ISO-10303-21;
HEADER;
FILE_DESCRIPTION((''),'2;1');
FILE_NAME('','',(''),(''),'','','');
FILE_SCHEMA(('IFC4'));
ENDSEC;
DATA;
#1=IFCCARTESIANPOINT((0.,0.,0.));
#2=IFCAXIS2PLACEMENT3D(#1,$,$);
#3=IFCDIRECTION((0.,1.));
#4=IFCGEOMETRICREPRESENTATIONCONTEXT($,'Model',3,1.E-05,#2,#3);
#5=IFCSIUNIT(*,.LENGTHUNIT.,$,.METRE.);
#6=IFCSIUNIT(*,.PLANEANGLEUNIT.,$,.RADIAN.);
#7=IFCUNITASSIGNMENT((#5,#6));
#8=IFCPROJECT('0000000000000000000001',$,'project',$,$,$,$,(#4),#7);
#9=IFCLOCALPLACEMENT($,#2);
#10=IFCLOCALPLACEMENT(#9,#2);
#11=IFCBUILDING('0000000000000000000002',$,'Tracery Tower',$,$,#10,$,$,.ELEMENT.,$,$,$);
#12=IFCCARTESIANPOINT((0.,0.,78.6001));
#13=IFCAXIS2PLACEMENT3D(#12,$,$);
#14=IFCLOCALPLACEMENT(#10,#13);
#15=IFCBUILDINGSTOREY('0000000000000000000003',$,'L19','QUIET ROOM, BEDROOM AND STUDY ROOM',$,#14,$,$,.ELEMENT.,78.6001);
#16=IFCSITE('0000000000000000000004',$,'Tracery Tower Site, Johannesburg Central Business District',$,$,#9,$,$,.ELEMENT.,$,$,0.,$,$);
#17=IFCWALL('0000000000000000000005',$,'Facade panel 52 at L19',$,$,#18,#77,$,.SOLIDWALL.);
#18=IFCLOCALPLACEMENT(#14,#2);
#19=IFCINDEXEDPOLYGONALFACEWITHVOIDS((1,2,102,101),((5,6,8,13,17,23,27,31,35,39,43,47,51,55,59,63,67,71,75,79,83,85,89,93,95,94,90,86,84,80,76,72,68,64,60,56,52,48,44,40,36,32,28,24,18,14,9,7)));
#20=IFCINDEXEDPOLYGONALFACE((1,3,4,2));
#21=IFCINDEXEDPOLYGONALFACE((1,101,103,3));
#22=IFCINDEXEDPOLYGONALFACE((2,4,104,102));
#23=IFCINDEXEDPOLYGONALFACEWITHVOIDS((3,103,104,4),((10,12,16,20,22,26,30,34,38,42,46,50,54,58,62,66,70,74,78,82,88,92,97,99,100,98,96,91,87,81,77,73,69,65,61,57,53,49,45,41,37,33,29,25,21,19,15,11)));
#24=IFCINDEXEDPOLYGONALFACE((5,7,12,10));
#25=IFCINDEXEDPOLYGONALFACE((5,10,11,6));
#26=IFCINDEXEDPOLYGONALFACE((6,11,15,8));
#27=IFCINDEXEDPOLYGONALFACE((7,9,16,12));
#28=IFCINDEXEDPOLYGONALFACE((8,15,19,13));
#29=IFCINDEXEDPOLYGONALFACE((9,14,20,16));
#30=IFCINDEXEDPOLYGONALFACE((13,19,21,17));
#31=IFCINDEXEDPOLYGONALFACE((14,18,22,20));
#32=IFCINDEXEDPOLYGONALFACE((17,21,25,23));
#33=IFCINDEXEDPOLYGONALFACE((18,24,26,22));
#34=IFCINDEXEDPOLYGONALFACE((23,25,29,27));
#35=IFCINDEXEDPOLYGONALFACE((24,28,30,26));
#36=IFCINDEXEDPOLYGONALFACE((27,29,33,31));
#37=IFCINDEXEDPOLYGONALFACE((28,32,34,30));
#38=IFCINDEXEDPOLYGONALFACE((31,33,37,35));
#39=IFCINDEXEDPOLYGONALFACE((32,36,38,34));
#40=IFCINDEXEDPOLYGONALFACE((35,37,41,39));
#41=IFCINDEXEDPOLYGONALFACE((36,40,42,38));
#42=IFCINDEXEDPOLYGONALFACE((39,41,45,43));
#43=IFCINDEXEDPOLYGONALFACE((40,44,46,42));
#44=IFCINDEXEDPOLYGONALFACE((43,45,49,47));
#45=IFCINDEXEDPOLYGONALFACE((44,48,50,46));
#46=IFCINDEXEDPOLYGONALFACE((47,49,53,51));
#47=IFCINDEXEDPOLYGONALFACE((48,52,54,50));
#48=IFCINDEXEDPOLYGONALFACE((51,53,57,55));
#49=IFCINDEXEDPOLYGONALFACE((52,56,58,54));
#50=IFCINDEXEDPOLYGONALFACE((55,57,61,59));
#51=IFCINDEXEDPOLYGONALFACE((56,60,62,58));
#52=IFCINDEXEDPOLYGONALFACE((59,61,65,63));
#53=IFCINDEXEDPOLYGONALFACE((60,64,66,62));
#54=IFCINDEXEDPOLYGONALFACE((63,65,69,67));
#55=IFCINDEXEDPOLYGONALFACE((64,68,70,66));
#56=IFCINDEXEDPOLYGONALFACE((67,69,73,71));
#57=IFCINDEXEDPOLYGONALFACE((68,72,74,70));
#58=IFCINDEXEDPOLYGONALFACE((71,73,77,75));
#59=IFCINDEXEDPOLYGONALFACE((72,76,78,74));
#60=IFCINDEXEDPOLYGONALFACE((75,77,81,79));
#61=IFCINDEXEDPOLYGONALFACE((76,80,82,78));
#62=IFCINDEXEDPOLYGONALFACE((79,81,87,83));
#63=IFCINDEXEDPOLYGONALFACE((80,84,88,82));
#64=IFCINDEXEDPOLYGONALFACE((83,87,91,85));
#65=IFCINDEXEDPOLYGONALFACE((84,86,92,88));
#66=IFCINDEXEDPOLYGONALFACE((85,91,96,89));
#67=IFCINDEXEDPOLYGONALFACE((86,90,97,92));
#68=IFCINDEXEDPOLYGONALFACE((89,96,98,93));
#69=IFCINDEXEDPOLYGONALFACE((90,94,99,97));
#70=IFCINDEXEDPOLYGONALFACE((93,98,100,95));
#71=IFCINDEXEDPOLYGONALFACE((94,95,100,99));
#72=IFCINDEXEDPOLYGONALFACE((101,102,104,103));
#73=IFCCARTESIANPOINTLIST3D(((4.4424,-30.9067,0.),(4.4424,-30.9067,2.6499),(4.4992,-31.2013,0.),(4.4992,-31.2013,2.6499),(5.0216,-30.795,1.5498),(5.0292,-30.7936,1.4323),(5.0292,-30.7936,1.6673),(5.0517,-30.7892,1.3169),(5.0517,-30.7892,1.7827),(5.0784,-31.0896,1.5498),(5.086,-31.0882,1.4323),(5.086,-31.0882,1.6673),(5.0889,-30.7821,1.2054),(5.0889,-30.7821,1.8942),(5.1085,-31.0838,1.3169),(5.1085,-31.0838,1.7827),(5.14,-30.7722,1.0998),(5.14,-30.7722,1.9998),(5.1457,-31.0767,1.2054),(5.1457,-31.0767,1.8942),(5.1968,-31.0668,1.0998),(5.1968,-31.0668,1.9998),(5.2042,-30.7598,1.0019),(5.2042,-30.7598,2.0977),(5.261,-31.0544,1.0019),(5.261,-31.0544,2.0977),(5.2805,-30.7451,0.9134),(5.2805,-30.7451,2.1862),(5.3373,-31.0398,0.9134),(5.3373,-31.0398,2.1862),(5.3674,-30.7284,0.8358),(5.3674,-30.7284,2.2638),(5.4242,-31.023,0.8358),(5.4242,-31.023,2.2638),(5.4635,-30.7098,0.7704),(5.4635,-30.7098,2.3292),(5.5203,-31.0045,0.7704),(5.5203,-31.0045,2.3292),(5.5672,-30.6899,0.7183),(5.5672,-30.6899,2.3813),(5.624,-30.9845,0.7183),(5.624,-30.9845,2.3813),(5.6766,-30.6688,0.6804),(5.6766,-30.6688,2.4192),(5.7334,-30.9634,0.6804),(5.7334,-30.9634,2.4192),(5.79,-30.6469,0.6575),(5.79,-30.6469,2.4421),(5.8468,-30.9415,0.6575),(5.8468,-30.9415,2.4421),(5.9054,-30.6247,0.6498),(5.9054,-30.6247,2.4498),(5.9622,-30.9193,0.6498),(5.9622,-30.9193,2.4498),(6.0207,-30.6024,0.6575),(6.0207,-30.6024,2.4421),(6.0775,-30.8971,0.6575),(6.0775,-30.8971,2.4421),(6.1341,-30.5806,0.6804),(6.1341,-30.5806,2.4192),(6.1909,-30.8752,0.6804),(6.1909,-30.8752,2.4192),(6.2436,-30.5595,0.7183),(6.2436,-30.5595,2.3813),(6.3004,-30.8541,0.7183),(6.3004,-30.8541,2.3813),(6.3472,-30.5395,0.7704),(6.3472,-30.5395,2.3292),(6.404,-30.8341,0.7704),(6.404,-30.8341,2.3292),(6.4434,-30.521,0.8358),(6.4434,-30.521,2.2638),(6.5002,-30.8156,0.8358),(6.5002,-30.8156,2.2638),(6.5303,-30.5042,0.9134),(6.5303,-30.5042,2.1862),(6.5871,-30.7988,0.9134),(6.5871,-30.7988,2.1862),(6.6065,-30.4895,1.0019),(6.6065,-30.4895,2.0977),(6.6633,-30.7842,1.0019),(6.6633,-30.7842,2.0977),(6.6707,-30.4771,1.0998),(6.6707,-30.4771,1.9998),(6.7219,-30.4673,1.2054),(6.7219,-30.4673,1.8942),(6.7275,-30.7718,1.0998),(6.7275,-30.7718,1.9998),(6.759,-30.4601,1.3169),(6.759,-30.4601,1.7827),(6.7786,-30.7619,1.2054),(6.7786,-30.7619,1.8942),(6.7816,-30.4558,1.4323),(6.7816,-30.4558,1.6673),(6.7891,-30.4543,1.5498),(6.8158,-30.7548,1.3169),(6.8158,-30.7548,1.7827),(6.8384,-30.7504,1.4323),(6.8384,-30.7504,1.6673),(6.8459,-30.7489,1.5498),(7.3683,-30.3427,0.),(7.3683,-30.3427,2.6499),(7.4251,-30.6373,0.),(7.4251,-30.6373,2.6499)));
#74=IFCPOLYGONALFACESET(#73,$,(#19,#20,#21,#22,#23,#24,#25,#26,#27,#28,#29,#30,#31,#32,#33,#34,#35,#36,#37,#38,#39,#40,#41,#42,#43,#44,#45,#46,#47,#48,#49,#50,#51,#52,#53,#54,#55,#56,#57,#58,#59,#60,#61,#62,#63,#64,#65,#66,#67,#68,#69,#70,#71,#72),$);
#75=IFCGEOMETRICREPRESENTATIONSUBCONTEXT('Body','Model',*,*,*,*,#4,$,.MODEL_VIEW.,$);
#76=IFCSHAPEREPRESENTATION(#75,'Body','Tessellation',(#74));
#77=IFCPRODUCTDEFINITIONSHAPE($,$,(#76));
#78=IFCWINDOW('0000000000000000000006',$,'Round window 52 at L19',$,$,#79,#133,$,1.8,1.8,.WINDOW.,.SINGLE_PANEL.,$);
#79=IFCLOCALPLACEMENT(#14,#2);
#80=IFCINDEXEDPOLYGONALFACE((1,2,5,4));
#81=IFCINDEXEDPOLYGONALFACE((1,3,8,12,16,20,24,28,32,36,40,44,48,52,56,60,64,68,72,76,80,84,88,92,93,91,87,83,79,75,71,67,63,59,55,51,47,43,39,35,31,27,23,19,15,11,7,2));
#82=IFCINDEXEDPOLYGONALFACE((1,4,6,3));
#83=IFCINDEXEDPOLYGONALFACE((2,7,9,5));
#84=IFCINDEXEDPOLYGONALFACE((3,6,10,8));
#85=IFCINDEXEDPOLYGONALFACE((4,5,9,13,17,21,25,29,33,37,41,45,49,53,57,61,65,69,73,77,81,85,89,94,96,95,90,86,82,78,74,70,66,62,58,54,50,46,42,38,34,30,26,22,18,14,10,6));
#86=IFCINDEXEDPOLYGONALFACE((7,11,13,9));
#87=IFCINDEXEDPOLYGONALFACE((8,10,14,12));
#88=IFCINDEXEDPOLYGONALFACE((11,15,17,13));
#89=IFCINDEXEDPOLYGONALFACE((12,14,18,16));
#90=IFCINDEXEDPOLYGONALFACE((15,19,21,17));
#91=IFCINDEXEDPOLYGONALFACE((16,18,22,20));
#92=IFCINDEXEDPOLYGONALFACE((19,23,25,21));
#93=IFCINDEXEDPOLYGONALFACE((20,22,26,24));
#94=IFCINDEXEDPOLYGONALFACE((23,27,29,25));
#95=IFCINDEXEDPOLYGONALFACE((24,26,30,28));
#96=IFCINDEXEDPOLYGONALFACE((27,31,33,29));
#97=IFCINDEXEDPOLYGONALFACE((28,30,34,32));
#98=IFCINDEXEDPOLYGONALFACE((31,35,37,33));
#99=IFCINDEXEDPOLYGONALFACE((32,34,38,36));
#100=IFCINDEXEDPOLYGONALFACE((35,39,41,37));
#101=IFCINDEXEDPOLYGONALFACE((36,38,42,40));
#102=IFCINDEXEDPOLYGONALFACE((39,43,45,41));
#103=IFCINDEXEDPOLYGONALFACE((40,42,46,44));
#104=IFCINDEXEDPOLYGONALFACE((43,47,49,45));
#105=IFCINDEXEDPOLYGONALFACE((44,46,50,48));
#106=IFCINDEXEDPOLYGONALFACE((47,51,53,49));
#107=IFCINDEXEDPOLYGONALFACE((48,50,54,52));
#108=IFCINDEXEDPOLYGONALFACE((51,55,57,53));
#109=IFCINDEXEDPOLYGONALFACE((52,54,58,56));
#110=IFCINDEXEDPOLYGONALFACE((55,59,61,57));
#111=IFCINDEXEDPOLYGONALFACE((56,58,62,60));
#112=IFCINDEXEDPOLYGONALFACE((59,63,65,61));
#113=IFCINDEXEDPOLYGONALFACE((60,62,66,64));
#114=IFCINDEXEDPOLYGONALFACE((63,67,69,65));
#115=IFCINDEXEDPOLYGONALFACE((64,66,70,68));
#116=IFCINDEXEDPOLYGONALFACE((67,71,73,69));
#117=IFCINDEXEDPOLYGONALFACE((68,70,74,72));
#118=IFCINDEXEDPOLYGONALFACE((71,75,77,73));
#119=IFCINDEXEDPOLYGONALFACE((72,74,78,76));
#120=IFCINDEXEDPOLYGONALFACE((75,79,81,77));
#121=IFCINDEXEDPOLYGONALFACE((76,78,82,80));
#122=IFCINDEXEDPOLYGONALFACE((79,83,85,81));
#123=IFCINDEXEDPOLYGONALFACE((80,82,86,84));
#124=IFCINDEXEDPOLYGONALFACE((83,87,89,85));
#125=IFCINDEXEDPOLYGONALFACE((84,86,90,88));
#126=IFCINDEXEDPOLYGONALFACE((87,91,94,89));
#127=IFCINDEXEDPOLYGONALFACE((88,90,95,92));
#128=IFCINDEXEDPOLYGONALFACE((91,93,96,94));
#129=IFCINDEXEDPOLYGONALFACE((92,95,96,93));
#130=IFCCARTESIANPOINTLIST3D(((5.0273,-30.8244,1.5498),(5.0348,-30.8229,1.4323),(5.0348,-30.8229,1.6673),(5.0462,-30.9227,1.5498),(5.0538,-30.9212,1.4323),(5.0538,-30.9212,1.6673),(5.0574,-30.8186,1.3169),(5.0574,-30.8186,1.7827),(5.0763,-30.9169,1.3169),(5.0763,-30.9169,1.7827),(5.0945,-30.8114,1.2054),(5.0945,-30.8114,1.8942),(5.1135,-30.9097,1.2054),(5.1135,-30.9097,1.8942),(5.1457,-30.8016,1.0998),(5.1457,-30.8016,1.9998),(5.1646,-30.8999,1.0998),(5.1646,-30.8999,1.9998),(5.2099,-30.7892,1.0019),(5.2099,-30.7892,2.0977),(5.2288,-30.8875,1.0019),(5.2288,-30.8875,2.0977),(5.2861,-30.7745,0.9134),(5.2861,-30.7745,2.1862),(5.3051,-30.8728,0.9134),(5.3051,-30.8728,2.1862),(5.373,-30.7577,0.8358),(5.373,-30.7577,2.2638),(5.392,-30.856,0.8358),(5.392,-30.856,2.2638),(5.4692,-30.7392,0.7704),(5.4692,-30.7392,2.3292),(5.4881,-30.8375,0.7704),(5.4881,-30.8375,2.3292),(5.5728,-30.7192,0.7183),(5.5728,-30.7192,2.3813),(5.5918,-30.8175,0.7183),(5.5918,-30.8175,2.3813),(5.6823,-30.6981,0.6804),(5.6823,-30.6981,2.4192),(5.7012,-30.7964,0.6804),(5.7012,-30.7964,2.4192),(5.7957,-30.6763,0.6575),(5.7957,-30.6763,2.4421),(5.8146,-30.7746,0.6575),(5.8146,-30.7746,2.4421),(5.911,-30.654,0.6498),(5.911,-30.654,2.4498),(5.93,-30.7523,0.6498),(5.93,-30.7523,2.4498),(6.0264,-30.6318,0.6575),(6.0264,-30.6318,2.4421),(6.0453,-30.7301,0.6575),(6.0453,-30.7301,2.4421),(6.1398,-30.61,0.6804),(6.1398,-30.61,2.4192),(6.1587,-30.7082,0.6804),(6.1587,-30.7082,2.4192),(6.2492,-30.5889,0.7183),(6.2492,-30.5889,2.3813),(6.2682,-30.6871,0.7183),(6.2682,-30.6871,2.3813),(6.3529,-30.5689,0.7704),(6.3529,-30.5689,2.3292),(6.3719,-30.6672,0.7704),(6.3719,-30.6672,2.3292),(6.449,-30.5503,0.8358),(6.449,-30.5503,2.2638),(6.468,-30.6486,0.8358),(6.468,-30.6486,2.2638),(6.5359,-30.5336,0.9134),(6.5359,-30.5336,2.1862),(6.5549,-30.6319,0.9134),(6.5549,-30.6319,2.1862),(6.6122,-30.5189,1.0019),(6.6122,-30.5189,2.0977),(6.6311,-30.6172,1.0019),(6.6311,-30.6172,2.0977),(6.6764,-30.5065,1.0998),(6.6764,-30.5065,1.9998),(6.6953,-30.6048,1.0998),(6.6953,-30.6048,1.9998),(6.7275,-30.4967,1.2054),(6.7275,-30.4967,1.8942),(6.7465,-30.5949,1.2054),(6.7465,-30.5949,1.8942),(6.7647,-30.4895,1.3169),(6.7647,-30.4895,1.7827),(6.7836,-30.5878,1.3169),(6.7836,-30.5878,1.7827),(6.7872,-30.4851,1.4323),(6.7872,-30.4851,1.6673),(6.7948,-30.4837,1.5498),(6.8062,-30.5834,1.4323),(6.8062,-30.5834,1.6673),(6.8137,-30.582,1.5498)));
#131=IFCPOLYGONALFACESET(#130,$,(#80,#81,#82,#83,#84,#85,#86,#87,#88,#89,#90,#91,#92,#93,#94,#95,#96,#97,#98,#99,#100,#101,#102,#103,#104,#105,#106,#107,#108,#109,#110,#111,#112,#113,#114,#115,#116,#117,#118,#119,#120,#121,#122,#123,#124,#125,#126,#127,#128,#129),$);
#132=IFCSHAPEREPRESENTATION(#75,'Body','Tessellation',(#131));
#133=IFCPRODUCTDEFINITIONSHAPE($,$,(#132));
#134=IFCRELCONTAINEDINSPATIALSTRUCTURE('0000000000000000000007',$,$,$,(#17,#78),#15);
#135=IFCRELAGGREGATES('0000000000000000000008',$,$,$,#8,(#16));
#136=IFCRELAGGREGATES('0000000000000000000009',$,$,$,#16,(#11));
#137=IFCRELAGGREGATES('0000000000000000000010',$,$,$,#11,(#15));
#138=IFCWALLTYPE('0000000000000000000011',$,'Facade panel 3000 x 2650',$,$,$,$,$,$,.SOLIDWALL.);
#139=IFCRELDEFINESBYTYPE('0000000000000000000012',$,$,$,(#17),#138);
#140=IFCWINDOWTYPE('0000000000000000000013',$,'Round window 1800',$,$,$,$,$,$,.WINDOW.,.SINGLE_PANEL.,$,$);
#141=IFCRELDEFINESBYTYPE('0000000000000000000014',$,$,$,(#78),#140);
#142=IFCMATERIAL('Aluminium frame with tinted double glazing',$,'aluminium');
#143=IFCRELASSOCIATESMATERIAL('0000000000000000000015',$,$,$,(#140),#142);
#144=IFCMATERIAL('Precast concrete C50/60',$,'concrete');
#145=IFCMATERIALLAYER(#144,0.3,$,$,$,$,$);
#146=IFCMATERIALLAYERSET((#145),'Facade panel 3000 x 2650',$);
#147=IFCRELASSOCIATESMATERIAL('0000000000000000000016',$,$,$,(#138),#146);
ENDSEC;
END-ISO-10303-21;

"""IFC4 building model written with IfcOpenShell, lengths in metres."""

from ifc_helpers import new_model, si_unit, direction, frame, frame_2d, origin, origin_2d, place, context, subcontext, project, spatial, rectangle, circle, extrude, material, layer, layer_set, type_object, element, fill, save


model = new_model("IFC4")

# Units and contexts
model_context = context("Model", 3, precision=1e-05, world=origin(), true_north=direction((0.0, 1.0)))
body_context = subcontext(model_context, "Body", "Model", "MODEL_VIEW")
ifc_project = project(units=[si_unit("LENGTHUNIT", "METRE"), si_unit("PLANEANGLEUNIT", "RADIAN")], contexts=[model_context])

# Site, building, storey
site_placement = place(None, origin())
site = spatial("IfcSite", under=ifc_project, at=site_placement, Name="Tracery Tower Site, Johannesburg Central Business District", CompositionType="ELEMENT", RefElevation=0.0)
building_placement = place(site_placement, origin())
building = spatial("IfcBuilding", under=site, at=building_placement, Name="Tracery Tower", CompositionType="ELEMENT")
storey_placement = place(building_placement, frame((0.0, 0.0, 78.6001)))
storey = spatial("IfcBuildingStorey", under=building, at=storey_placement, Name="L19", Description="QUIET ROOM, BEDROOM AND STUDY ROOM", CompositionType="ELEMENT", Elevation=78.6001)

# Wall, opening, window
ifc_material_1 = material(Name="Aluminium frame with tinted double glazing", Category="aluminium")
window_type = type_object("IfcWindowType", Name="Round window 1800", PartitioningType="SINGLE_PANEL", PredefinedType="WINDOW", material=ifc_material_1)
ifc_material_2 = material(Name="Precast concrete C50/60", Category="concrete")
ifc_layer_1 = layer(ifc_material_2, 0.3)
ifc_layer_set_1 = layer_set([ifc_layer_1], Name="Facade panel 3000 x 2650")
wall_type_1 = type_object("IfcWallType", Name="Facade panel 3000 x 2650", PredefinedType="SOLIDWALL", material=ifc_layer_set_1)
wall_1_placement = place(storey_placement, frame((4.4709, -31.054, 0.0), z_axis=(0.0, 0.0, 1.0), x_axis=(0.981925, 0.189273, 0.0)))
wall_1 = element("IfcWall", 1, at=wall_1_placement, inside=storey, type_object=wall_type_1, Name="Facade panel 52 at L19", PredefinedType="SOLIDWALL", context=body_context, shape_type="SweptSolid", body=[
    extrude(rectangle(XDim=2.9797, YDim=0.3, at=frame_2d((1.4897, 0.0))), origin(), (0.0, 0.0, 1.0), 2.6499),
])
opening_1_placement = place(wall_1_placement, frame((1.4897, 0.0, 1.5498)))
opening_1 = element("IfcOpeningElement", 2, at=opening_1_placement, cuts=wall_1, PredefinedType="OPENING", context=body_context, shape_type="SweptSolid", body=[
    extrude(circle(Radius=0.9, at=origin_2d()), frame((0.0, 0.1599, 0.0), z_axis=(0.0, -1.0, 0.0), x_axis=(1.0, 0.0, 0.0)), (0.0, 0.0, 1.0), 0.3201),
])
window_1_placement = place(opening_1_placement, origin())
window_1 = element("IfcWindow", 3, at=window_1_placement, inside=storey, type_object=window_type, Name="Round window 52 at L19", OverallHeight=1.8, OverallWidth=1.8, PartitioningType="SINGLE_PANEL", PredefinedType="WINDOW", context=body_context, shape_type="SweptSolid", body=[
    extrude(circle(Radius=0.9, at=origin_2d()), frame((0.0, 0.1201, 0.0), z_axis=(0.0, -1.0, 0.0), x_axis=(1.0, 0.0, 0.0)), (0.0, 0.0, 1.0), 0.1001),
])
fill(opening_1, window_1)

save(model, "model.ifc")
